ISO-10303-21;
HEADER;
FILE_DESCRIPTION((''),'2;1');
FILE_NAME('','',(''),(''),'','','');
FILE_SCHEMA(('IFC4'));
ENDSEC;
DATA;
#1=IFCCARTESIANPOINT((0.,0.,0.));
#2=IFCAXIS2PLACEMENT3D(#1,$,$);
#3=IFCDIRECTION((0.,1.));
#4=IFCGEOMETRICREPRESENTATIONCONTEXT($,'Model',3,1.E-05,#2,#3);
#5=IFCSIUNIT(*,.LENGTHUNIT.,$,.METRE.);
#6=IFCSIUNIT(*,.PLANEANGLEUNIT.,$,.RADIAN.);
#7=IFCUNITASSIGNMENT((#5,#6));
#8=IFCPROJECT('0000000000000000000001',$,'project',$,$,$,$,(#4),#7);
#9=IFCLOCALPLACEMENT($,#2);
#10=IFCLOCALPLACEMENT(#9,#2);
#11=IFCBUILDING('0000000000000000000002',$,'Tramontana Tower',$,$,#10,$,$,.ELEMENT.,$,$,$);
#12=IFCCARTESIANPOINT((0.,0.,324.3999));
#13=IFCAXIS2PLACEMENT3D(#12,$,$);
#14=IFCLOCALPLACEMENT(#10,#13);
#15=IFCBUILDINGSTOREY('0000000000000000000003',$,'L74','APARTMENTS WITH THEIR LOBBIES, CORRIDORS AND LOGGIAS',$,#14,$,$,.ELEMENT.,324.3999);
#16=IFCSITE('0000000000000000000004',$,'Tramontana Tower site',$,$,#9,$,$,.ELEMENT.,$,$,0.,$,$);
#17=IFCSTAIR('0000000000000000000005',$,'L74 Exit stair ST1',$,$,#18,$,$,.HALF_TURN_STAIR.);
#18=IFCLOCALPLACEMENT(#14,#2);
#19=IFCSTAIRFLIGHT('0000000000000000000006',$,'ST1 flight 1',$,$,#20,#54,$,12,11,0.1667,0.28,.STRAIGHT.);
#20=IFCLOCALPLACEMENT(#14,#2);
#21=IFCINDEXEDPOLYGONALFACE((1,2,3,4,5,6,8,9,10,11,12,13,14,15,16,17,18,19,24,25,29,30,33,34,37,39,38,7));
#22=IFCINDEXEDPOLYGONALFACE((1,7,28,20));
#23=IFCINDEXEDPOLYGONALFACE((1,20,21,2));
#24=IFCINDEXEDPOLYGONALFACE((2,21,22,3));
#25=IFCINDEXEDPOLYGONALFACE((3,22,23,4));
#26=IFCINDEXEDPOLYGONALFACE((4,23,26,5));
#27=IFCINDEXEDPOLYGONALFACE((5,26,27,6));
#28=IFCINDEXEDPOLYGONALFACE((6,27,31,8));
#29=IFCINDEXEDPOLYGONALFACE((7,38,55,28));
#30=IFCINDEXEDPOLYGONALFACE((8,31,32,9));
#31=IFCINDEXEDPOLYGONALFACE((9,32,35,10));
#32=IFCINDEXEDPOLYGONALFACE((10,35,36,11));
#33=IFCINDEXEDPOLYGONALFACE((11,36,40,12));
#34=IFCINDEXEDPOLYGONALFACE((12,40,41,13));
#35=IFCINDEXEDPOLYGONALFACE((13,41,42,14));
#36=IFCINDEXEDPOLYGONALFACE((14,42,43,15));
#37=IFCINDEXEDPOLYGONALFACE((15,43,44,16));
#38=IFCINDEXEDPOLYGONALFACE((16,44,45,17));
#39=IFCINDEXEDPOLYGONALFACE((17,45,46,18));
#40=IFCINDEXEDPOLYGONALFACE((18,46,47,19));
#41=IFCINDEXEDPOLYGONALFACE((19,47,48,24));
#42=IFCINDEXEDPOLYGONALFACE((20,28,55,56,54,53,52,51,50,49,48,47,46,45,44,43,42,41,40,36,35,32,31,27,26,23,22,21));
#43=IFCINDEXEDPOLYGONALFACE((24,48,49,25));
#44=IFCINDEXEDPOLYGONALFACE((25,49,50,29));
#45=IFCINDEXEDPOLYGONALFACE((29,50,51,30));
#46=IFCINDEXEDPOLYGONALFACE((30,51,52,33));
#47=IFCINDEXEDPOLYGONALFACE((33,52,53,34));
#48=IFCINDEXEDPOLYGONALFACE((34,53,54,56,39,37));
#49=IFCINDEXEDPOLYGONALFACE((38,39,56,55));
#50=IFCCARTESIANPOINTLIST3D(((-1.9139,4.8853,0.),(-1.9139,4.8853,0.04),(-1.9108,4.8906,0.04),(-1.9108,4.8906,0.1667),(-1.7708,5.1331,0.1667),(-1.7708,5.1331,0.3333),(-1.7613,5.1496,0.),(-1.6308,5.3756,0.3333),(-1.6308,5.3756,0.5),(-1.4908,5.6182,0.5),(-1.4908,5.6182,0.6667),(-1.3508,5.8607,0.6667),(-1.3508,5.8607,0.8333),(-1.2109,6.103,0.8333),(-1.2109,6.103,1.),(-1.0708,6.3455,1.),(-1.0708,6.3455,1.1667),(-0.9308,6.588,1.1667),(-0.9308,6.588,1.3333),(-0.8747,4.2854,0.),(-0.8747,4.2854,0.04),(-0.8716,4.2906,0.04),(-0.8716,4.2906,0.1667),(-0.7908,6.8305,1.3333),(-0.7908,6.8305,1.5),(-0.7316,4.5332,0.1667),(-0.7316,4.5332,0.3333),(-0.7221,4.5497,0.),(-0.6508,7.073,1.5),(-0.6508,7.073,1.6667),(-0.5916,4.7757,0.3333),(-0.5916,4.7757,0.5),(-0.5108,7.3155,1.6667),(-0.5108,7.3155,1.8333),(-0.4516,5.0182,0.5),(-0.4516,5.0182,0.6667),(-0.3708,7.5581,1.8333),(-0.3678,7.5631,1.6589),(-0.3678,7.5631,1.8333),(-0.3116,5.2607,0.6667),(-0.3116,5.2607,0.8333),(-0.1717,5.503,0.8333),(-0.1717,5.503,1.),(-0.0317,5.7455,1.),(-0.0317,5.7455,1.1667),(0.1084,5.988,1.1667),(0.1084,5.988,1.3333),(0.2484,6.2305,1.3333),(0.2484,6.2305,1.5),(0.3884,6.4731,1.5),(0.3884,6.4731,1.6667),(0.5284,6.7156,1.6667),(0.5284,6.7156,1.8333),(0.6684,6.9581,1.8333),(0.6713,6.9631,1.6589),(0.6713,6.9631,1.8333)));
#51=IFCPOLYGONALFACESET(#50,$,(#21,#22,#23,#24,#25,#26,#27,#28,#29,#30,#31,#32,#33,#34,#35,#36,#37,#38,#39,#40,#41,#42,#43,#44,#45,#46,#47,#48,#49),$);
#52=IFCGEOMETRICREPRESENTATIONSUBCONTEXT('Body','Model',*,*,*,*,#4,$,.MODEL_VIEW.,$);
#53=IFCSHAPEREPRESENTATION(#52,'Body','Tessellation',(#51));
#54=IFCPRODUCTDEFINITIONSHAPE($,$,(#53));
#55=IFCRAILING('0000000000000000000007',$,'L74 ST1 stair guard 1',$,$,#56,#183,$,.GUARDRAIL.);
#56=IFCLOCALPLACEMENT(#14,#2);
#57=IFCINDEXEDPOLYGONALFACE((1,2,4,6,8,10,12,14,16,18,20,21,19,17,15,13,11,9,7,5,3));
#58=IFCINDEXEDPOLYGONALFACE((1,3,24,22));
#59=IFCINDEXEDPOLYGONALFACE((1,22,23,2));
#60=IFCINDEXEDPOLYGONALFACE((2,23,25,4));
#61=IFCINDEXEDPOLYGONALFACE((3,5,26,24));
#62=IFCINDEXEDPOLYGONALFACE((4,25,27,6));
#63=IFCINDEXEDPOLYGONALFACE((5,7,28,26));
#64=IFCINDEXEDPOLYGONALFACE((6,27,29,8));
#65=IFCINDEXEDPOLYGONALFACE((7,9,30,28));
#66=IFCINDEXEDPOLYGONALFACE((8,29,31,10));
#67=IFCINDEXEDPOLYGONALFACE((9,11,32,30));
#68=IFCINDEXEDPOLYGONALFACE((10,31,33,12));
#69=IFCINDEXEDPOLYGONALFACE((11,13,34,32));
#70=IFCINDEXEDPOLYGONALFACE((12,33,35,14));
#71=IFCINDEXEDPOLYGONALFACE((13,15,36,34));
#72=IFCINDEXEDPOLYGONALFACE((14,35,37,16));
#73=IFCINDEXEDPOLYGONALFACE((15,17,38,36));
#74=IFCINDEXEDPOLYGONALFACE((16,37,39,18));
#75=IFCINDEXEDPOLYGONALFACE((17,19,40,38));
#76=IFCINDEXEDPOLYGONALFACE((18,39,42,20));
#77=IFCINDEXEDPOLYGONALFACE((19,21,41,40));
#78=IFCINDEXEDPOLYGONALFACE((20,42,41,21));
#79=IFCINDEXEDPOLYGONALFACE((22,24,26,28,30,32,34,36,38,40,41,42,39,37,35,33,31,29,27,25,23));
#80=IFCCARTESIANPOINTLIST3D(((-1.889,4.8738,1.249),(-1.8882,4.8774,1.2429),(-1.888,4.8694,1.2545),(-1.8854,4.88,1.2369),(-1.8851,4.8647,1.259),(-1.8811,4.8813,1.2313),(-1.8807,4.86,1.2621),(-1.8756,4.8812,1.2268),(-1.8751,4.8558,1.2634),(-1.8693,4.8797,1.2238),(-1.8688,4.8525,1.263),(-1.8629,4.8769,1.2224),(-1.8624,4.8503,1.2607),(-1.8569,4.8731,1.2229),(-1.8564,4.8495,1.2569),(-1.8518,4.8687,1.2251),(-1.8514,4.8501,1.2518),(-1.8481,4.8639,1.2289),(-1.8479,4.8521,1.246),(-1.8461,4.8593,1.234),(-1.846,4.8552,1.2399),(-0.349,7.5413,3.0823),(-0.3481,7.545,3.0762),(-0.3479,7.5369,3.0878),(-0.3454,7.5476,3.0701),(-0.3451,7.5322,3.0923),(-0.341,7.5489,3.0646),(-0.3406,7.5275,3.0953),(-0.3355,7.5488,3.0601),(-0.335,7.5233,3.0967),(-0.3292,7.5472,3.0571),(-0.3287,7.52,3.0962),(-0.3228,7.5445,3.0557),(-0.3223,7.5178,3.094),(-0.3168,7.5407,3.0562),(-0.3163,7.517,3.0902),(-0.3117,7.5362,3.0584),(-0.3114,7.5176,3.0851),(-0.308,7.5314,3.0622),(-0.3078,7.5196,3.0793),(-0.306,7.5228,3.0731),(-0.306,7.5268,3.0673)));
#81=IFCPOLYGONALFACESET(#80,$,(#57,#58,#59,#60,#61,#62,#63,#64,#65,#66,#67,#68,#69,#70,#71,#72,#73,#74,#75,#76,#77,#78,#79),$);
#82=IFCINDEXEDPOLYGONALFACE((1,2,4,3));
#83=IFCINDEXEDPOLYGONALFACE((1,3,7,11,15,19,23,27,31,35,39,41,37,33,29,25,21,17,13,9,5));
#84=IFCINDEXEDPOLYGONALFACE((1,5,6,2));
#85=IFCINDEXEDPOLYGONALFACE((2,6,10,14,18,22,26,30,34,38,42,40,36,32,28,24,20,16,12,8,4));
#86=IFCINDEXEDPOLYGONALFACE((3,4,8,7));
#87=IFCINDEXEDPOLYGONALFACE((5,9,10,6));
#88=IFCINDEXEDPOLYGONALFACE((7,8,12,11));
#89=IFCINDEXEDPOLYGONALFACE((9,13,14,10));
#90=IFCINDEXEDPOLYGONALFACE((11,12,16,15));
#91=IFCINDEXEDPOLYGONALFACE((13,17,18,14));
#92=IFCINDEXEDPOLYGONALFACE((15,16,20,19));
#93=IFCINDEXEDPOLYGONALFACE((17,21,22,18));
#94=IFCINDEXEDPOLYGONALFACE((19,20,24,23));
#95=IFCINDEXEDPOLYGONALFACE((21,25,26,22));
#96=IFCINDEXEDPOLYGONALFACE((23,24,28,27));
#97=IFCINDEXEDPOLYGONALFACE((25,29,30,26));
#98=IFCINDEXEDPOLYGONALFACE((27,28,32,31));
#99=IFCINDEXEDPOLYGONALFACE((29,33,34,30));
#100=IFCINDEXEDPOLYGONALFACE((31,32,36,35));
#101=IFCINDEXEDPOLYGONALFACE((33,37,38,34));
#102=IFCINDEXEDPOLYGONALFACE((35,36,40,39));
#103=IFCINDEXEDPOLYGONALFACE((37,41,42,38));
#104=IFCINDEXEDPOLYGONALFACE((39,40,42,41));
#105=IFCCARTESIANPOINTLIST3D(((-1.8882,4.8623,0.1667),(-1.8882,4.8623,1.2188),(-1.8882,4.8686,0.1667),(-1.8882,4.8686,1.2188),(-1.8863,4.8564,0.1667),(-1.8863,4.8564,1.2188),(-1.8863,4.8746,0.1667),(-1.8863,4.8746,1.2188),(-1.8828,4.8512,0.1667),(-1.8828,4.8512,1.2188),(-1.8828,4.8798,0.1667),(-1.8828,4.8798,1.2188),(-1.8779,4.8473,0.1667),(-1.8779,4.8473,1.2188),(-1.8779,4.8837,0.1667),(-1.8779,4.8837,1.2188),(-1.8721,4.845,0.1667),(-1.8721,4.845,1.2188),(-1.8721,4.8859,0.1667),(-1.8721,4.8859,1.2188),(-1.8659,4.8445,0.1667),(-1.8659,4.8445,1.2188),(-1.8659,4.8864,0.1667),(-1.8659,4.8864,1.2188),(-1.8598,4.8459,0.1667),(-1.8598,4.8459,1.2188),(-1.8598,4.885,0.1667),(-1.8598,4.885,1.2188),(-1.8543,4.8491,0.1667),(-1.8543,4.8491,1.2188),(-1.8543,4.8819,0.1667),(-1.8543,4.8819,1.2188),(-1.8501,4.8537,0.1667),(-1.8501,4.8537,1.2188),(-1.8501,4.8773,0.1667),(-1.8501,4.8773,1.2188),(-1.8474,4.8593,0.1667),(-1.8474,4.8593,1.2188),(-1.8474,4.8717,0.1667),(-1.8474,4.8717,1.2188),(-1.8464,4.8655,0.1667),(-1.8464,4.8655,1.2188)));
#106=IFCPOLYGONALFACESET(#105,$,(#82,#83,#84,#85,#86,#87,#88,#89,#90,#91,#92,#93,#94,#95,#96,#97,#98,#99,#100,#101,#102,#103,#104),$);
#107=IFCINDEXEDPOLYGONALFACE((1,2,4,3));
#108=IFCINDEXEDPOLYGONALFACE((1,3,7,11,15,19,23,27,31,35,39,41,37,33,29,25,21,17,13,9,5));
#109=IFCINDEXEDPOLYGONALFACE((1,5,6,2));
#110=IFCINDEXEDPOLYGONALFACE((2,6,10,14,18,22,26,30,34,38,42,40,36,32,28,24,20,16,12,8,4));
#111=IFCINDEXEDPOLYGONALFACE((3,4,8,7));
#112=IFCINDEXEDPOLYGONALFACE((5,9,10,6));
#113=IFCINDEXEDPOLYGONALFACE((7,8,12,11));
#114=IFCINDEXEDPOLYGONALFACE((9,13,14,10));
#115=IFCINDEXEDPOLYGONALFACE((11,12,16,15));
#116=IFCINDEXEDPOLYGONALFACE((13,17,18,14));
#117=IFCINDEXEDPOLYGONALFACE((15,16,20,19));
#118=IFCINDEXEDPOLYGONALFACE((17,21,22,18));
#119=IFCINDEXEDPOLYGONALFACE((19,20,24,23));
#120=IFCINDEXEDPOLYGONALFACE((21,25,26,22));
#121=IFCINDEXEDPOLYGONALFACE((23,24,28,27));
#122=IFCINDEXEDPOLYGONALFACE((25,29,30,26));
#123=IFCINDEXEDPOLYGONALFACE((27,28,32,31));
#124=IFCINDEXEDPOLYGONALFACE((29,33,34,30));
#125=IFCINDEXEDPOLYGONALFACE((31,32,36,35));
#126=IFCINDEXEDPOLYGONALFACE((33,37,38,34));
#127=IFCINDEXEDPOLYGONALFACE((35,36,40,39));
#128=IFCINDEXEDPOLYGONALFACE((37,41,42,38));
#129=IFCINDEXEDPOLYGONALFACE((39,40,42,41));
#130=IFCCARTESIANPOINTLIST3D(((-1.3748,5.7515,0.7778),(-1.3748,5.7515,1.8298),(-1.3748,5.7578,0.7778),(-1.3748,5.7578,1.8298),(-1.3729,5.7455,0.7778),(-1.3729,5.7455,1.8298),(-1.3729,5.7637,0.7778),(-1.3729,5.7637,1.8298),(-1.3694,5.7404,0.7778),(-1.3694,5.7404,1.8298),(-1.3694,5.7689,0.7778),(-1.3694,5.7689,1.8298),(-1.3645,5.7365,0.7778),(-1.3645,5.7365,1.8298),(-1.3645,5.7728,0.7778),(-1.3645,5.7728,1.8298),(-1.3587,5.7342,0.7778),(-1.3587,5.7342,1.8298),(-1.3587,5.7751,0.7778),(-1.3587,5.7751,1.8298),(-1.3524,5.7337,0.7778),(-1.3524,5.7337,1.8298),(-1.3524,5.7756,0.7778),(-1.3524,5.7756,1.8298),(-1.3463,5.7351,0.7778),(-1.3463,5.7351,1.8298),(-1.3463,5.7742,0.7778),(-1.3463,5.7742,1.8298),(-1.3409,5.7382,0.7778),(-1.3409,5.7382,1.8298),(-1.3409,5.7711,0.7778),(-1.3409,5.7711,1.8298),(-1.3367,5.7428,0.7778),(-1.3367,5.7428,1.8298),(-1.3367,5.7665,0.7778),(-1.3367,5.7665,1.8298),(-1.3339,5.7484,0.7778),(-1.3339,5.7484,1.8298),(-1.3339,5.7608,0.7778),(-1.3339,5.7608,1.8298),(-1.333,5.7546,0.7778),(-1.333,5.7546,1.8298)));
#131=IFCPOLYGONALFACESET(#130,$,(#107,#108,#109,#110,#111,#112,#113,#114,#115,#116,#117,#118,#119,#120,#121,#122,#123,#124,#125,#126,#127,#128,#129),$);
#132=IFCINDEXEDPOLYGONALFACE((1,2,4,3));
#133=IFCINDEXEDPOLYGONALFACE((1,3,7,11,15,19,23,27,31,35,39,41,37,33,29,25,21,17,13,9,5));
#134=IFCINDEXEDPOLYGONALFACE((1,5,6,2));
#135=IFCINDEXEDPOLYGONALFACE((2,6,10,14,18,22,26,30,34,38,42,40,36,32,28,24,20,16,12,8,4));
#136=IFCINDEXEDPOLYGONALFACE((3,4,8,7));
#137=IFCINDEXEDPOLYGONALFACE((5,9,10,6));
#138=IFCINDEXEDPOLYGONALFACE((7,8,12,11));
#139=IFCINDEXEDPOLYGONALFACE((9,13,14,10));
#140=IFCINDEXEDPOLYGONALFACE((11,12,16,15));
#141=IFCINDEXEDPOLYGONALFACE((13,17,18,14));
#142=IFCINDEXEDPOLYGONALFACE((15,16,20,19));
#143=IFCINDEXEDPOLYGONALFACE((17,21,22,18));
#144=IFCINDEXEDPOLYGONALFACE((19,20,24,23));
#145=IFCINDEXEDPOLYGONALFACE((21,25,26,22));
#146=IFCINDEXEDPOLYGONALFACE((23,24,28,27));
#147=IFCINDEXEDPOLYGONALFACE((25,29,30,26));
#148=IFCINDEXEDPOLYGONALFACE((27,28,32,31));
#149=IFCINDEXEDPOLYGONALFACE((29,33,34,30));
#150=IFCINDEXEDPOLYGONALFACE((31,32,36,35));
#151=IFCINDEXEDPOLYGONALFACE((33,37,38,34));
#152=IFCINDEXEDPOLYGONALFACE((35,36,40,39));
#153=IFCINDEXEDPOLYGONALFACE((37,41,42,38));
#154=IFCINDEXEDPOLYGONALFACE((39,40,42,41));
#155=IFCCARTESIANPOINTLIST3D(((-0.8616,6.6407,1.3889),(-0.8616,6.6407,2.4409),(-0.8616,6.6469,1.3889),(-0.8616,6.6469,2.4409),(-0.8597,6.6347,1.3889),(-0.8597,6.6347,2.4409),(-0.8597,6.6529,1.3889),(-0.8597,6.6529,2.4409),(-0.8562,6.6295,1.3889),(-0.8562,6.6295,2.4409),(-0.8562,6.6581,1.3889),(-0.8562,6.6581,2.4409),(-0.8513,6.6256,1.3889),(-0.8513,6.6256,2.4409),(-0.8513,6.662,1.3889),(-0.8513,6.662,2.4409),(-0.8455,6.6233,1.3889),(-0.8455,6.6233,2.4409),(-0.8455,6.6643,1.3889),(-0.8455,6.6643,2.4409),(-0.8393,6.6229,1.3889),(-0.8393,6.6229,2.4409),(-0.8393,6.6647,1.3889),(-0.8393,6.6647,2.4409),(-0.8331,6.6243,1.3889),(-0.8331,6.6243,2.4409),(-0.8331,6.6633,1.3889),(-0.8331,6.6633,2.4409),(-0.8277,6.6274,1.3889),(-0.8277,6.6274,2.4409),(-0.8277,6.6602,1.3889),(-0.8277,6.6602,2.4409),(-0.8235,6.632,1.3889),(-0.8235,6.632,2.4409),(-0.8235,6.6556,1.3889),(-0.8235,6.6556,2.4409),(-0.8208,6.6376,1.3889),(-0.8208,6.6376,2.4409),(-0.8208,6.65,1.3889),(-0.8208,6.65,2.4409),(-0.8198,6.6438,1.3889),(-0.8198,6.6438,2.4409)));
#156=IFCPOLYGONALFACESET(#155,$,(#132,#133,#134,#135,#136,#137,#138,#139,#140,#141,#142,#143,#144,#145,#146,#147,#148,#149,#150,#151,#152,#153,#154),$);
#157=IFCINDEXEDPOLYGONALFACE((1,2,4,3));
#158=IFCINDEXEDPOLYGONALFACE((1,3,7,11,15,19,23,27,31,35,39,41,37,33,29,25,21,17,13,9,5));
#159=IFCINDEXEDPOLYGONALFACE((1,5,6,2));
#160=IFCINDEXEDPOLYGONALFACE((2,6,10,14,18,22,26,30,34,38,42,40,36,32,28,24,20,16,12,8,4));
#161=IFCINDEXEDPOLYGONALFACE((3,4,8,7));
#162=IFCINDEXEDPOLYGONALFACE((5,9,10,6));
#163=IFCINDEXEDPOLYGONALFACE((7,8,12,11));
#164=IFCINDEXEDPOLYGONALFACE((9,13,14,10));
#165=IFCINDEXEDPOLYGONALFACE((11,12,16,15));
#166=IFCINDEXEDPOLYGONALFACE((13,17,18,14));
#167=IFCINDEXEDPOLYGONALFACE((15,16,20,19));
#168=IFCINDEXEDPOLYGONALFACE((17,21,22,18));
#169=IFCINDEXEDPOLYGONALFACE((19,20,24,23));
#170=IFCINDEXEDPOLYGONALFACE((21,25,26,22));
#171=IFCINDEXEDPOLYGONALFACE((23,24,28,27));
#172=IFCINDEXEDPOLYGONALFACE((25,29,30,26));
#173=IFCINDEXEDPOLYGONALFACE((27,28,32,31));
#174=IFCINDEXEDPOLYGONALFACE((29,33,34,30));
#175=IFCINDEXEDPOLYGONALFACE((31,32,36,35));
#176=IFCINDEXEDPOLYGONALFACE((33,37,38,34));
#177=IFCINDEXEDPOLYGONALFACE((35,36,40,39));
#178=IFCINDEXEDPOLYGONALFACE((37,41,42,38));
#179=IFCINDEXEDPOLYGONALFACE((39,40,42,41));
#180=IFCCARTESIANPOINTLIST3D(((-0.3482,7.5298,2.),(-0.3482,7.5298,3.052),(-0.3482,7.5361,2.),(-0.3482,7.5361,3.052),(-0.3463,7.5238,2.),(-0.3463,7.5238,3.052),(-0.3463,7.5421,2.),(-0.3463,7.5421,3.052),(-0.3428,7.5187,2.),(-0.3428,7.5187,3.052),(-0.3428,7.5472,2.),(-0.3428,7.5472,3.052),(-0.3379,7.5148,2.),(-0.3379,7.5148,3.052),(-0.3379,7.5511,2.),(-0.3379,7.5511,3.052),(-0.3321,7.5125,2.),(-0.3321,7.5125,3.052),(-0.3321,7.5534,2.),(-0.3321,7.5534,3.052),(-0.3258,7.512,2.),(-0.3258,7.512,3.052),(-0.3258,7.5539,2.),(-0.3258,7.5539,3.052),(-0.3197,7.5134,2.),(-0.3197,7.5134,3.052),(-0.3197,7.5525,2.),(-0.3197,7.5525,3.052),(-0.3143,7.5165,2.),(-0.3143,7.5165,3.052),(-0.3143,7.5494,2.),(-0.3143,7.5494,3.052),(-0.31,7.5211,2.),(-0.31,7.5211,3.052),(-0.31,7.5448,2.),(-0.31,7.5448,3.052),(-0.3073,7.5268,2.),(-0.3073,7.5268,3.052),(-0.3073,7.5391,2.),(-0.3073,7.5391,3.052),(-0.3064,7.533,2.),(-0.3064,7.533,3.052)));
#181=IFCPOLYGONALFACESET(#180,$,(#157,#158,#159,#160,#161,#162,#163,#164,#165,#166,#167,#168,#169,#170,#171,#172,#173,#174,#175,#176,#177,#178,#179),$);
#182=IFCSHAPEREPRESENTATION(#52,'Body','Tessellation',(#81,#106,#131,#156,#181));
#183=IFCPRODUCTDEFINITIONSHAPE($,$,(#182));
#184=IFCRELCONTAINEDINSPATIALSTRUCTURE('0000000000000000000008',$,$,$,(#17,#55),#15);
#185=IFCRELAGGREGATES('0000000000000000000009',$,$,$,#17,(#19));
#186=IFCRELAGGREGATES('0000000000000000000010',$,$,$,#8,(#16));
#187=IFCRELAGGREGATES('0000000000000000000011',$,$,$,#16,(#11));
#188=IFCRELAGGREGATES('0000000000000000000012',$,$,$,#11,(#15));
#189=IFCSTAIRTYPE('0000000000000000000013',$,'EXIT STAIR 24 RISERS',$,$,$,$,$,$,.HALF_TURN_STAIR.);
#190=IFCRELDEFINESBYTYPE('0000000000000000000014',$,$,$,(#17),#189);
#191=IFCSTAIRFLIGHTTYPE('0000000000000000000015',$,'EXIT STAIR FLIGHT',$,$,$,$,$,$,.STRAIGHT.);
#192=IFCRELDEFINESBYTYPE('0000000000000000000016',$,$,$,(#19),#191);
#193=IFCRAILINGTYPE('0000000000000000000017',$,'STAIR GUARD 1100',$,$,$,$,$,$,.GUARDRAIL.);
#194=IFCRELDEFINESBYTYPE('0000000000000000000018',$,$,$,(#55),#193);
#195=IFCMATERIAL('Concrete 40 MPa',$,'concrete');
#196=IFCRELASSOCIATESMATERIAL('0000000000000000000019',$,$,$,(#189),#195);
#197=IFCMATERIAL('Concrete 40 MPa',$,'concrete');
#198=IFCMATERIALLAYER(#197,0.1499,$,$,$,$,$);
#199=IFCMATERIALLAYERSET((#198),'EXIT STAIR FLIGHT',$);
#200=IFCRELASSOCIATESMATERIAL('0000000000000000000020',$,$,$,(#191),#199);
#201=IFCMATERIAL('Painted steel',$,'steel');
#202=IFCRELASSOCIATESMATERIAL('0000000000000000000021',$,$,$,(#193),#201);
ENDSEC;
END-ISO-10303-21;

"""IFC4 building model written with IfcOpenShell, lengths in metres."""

from ifc_helpers import new_model, si_unit, direction, frame, origin, origin_2d, place, context, subcontext, project, spatial, polyline, circle, outline, extrude, material, layer, layer_set, type_object, element, aggregate, save


model = new_model("IFC4")

# Units and contexts
model_context = context("Model", 3, precision=1e-05, world=origin(), true_north=direction((0.0, 1.0)))
body_context = subcontext(model_context, "Body", "Model", "MODEL_VIEW")
ifc_project = project(units=[si_unit("LENGTHUNIT", "METRE"), si_unit("PLANEANGLEUNIT", "RADIAN")], contexts=[model_context])

# Site, building, storey
site_placement = place(None, origin())
site = spatial("IfcSite", under=ifc_project, at=site_placement, Name="Tramontana Tower site", CompositionType="ELEMENT", RefElevation=0.0)
building_placement = place(site_placement, origin())
building = spatial("IfcBuilding", under=site, at=building_placement, Name="Tramontana Tower", CompositionType="ELEMENT")
storey_placement = place(building_placement, frame((0.0, 0.0, 324.3999)))
storey = spatial("IfcBuildingStorey", under=building, at=storey_placement, Name="L74", Description="APARTMENTS WITH THEIR LOBBIES, CORRIDORS AND LOGGIAS", CompositionType="ELEMENT", Elevation=324.3999)

# Shared definitions
ifc_material_1 = material(Name="Concrete 40 MPa", Category="concrete")
stair_type = type_object("IfcStairType", Name="EXIT STAIR 24 RISERS", PredefinedType="HALF_TURN_STAIR", material=ifc_material_1)

# Stair, stair flight
stair_1_placement = place(storey_placement, origin())
stair_1 = element("IfcStair", 1, at=stair_1_placement, inside=storey, type_object=stair_type, Name="L74 Exit stair ST1", PredefinedType="HALF_TURN_STAIR")
ifc_material_2 = material(Name="Concrete 40 MPa", Category="concrete")
ifc_layer_1 = layer(ifc_material_2, 0.1499)
ifc_layer_set_1 = layer_set([ifc_layer_1], Name="EXIT STAIR FLIGHT")
stair_flight_type = type_object("IfcStairFlightType", Name="EXIT STAIR FLIGHT", PredefinedType="STRAIGHT", material=ifc_layer_set_1)
stair_flight_placement = place(storey_placement, frame((-1.3911, 4.5906, 0.0), z_axis=(0.0, 0.0, 1.0), x_axis=(0.5, 0.866025, 0.0)))
stair_flight = element("IfcStairFlight", 2, at=stair_flight_placement, type_object=stair_flight_type, Name="ST1 flight 1", NumberOfRisers=12, NumberOfTreads=11, PredefinedType="STRAIGHT", RiserHeight=0.1667, TreadLength=0.28, context=body_context, shape_type="SweptSolid", body=[
    extrude(outline(polyline([(-0.0061, 0.0), (-0.0061, 0.04), (0.0, 0.04), (0.0, 0.1667), (0.28, 0.1667), (0.28, 0.3333), (0.5601, 0.3333), (0.5601, 0.5), (0.8401, 0.5), (0.8401, 0.6667), (1.1201, 0.6667), (1.1201, 0.8333), (1.3999, 0.8333), (1.3999, 1.0), (1.6799, 1.0), (1.6799, 1.1667), (1.96, 1.1667), (1.96, 1.3333), (2.24, 1.3333), (2.24, 1.5), (2.52, 1.5), (2.52, 1.6667), (2.8, 1.6667), (2.8, 1.8333), (3.0801, 1.8333), (3.0859, 1.8333), (3.0859, 1.6589), (0.2991, 0.0), (-0.0061, 0.0)])), frame((0.0, 0.6001, 0.0), z_axis=(0.0, -1.0, 0.0), x_axis=(1.0, 0.0, 0.0)), (0.0, 0.0, 1.0), 1.2),
])
aggregate(stair_1, [stair_flight])

# Railing
ifc_material_3 = material(Name="Painted steel", Category="steel")
railing_type_1 = type_object("IfcRailingType", Name="STAIR GUARD 1100", PredefinedType="GUARDRAIL", material=ifc_material_3)
railing_1_placement = place(storey_placement, frame((-1.8674, 4.8655, 0.1667)))
element("IfcRailing", 3, at=railing_1_placement, inside=storey, type_object=railing_type_1, Name="L74 ST1 stair guard 1", PredefinedType="GUARDRAIL", context=body_context, shape_type="SweptSolid", body=[
    extrude(circle(Radius=0.0239, at=origin_2d()), frame((0.0, 0.0, 1.0762), z_axis=(0.429649, 0.74419, 0.511452), x_axis=(-0.86603, 0.499992, 0.0)), (0.0, 0.0, 1.0), 3.5845),
    extrude(circle(Radius=0.021, at=origin_2d()), origin(), (0.0, 0.0, 1.0), 1.052),
    extrude(circle(Radius=0.021, at=origin_2d()), frame((0.5134, 0.8892, 0.6111)), (0.0, 0.0, 1.0), 1.052),
    extrude(circle(Radius=0.021, at=origin_2d()), frame((1.0266, 1.7783, 1.2222)), (0.0, 0.0, 1.0), 1.052),
    extrude(circle(Radius=0.021, at=origin_2d()), frame((1.54, 2.6675, 1.8333)), (0.0, 0.0, 1.0), 1.052),
])

save(model, "model.ifc")
